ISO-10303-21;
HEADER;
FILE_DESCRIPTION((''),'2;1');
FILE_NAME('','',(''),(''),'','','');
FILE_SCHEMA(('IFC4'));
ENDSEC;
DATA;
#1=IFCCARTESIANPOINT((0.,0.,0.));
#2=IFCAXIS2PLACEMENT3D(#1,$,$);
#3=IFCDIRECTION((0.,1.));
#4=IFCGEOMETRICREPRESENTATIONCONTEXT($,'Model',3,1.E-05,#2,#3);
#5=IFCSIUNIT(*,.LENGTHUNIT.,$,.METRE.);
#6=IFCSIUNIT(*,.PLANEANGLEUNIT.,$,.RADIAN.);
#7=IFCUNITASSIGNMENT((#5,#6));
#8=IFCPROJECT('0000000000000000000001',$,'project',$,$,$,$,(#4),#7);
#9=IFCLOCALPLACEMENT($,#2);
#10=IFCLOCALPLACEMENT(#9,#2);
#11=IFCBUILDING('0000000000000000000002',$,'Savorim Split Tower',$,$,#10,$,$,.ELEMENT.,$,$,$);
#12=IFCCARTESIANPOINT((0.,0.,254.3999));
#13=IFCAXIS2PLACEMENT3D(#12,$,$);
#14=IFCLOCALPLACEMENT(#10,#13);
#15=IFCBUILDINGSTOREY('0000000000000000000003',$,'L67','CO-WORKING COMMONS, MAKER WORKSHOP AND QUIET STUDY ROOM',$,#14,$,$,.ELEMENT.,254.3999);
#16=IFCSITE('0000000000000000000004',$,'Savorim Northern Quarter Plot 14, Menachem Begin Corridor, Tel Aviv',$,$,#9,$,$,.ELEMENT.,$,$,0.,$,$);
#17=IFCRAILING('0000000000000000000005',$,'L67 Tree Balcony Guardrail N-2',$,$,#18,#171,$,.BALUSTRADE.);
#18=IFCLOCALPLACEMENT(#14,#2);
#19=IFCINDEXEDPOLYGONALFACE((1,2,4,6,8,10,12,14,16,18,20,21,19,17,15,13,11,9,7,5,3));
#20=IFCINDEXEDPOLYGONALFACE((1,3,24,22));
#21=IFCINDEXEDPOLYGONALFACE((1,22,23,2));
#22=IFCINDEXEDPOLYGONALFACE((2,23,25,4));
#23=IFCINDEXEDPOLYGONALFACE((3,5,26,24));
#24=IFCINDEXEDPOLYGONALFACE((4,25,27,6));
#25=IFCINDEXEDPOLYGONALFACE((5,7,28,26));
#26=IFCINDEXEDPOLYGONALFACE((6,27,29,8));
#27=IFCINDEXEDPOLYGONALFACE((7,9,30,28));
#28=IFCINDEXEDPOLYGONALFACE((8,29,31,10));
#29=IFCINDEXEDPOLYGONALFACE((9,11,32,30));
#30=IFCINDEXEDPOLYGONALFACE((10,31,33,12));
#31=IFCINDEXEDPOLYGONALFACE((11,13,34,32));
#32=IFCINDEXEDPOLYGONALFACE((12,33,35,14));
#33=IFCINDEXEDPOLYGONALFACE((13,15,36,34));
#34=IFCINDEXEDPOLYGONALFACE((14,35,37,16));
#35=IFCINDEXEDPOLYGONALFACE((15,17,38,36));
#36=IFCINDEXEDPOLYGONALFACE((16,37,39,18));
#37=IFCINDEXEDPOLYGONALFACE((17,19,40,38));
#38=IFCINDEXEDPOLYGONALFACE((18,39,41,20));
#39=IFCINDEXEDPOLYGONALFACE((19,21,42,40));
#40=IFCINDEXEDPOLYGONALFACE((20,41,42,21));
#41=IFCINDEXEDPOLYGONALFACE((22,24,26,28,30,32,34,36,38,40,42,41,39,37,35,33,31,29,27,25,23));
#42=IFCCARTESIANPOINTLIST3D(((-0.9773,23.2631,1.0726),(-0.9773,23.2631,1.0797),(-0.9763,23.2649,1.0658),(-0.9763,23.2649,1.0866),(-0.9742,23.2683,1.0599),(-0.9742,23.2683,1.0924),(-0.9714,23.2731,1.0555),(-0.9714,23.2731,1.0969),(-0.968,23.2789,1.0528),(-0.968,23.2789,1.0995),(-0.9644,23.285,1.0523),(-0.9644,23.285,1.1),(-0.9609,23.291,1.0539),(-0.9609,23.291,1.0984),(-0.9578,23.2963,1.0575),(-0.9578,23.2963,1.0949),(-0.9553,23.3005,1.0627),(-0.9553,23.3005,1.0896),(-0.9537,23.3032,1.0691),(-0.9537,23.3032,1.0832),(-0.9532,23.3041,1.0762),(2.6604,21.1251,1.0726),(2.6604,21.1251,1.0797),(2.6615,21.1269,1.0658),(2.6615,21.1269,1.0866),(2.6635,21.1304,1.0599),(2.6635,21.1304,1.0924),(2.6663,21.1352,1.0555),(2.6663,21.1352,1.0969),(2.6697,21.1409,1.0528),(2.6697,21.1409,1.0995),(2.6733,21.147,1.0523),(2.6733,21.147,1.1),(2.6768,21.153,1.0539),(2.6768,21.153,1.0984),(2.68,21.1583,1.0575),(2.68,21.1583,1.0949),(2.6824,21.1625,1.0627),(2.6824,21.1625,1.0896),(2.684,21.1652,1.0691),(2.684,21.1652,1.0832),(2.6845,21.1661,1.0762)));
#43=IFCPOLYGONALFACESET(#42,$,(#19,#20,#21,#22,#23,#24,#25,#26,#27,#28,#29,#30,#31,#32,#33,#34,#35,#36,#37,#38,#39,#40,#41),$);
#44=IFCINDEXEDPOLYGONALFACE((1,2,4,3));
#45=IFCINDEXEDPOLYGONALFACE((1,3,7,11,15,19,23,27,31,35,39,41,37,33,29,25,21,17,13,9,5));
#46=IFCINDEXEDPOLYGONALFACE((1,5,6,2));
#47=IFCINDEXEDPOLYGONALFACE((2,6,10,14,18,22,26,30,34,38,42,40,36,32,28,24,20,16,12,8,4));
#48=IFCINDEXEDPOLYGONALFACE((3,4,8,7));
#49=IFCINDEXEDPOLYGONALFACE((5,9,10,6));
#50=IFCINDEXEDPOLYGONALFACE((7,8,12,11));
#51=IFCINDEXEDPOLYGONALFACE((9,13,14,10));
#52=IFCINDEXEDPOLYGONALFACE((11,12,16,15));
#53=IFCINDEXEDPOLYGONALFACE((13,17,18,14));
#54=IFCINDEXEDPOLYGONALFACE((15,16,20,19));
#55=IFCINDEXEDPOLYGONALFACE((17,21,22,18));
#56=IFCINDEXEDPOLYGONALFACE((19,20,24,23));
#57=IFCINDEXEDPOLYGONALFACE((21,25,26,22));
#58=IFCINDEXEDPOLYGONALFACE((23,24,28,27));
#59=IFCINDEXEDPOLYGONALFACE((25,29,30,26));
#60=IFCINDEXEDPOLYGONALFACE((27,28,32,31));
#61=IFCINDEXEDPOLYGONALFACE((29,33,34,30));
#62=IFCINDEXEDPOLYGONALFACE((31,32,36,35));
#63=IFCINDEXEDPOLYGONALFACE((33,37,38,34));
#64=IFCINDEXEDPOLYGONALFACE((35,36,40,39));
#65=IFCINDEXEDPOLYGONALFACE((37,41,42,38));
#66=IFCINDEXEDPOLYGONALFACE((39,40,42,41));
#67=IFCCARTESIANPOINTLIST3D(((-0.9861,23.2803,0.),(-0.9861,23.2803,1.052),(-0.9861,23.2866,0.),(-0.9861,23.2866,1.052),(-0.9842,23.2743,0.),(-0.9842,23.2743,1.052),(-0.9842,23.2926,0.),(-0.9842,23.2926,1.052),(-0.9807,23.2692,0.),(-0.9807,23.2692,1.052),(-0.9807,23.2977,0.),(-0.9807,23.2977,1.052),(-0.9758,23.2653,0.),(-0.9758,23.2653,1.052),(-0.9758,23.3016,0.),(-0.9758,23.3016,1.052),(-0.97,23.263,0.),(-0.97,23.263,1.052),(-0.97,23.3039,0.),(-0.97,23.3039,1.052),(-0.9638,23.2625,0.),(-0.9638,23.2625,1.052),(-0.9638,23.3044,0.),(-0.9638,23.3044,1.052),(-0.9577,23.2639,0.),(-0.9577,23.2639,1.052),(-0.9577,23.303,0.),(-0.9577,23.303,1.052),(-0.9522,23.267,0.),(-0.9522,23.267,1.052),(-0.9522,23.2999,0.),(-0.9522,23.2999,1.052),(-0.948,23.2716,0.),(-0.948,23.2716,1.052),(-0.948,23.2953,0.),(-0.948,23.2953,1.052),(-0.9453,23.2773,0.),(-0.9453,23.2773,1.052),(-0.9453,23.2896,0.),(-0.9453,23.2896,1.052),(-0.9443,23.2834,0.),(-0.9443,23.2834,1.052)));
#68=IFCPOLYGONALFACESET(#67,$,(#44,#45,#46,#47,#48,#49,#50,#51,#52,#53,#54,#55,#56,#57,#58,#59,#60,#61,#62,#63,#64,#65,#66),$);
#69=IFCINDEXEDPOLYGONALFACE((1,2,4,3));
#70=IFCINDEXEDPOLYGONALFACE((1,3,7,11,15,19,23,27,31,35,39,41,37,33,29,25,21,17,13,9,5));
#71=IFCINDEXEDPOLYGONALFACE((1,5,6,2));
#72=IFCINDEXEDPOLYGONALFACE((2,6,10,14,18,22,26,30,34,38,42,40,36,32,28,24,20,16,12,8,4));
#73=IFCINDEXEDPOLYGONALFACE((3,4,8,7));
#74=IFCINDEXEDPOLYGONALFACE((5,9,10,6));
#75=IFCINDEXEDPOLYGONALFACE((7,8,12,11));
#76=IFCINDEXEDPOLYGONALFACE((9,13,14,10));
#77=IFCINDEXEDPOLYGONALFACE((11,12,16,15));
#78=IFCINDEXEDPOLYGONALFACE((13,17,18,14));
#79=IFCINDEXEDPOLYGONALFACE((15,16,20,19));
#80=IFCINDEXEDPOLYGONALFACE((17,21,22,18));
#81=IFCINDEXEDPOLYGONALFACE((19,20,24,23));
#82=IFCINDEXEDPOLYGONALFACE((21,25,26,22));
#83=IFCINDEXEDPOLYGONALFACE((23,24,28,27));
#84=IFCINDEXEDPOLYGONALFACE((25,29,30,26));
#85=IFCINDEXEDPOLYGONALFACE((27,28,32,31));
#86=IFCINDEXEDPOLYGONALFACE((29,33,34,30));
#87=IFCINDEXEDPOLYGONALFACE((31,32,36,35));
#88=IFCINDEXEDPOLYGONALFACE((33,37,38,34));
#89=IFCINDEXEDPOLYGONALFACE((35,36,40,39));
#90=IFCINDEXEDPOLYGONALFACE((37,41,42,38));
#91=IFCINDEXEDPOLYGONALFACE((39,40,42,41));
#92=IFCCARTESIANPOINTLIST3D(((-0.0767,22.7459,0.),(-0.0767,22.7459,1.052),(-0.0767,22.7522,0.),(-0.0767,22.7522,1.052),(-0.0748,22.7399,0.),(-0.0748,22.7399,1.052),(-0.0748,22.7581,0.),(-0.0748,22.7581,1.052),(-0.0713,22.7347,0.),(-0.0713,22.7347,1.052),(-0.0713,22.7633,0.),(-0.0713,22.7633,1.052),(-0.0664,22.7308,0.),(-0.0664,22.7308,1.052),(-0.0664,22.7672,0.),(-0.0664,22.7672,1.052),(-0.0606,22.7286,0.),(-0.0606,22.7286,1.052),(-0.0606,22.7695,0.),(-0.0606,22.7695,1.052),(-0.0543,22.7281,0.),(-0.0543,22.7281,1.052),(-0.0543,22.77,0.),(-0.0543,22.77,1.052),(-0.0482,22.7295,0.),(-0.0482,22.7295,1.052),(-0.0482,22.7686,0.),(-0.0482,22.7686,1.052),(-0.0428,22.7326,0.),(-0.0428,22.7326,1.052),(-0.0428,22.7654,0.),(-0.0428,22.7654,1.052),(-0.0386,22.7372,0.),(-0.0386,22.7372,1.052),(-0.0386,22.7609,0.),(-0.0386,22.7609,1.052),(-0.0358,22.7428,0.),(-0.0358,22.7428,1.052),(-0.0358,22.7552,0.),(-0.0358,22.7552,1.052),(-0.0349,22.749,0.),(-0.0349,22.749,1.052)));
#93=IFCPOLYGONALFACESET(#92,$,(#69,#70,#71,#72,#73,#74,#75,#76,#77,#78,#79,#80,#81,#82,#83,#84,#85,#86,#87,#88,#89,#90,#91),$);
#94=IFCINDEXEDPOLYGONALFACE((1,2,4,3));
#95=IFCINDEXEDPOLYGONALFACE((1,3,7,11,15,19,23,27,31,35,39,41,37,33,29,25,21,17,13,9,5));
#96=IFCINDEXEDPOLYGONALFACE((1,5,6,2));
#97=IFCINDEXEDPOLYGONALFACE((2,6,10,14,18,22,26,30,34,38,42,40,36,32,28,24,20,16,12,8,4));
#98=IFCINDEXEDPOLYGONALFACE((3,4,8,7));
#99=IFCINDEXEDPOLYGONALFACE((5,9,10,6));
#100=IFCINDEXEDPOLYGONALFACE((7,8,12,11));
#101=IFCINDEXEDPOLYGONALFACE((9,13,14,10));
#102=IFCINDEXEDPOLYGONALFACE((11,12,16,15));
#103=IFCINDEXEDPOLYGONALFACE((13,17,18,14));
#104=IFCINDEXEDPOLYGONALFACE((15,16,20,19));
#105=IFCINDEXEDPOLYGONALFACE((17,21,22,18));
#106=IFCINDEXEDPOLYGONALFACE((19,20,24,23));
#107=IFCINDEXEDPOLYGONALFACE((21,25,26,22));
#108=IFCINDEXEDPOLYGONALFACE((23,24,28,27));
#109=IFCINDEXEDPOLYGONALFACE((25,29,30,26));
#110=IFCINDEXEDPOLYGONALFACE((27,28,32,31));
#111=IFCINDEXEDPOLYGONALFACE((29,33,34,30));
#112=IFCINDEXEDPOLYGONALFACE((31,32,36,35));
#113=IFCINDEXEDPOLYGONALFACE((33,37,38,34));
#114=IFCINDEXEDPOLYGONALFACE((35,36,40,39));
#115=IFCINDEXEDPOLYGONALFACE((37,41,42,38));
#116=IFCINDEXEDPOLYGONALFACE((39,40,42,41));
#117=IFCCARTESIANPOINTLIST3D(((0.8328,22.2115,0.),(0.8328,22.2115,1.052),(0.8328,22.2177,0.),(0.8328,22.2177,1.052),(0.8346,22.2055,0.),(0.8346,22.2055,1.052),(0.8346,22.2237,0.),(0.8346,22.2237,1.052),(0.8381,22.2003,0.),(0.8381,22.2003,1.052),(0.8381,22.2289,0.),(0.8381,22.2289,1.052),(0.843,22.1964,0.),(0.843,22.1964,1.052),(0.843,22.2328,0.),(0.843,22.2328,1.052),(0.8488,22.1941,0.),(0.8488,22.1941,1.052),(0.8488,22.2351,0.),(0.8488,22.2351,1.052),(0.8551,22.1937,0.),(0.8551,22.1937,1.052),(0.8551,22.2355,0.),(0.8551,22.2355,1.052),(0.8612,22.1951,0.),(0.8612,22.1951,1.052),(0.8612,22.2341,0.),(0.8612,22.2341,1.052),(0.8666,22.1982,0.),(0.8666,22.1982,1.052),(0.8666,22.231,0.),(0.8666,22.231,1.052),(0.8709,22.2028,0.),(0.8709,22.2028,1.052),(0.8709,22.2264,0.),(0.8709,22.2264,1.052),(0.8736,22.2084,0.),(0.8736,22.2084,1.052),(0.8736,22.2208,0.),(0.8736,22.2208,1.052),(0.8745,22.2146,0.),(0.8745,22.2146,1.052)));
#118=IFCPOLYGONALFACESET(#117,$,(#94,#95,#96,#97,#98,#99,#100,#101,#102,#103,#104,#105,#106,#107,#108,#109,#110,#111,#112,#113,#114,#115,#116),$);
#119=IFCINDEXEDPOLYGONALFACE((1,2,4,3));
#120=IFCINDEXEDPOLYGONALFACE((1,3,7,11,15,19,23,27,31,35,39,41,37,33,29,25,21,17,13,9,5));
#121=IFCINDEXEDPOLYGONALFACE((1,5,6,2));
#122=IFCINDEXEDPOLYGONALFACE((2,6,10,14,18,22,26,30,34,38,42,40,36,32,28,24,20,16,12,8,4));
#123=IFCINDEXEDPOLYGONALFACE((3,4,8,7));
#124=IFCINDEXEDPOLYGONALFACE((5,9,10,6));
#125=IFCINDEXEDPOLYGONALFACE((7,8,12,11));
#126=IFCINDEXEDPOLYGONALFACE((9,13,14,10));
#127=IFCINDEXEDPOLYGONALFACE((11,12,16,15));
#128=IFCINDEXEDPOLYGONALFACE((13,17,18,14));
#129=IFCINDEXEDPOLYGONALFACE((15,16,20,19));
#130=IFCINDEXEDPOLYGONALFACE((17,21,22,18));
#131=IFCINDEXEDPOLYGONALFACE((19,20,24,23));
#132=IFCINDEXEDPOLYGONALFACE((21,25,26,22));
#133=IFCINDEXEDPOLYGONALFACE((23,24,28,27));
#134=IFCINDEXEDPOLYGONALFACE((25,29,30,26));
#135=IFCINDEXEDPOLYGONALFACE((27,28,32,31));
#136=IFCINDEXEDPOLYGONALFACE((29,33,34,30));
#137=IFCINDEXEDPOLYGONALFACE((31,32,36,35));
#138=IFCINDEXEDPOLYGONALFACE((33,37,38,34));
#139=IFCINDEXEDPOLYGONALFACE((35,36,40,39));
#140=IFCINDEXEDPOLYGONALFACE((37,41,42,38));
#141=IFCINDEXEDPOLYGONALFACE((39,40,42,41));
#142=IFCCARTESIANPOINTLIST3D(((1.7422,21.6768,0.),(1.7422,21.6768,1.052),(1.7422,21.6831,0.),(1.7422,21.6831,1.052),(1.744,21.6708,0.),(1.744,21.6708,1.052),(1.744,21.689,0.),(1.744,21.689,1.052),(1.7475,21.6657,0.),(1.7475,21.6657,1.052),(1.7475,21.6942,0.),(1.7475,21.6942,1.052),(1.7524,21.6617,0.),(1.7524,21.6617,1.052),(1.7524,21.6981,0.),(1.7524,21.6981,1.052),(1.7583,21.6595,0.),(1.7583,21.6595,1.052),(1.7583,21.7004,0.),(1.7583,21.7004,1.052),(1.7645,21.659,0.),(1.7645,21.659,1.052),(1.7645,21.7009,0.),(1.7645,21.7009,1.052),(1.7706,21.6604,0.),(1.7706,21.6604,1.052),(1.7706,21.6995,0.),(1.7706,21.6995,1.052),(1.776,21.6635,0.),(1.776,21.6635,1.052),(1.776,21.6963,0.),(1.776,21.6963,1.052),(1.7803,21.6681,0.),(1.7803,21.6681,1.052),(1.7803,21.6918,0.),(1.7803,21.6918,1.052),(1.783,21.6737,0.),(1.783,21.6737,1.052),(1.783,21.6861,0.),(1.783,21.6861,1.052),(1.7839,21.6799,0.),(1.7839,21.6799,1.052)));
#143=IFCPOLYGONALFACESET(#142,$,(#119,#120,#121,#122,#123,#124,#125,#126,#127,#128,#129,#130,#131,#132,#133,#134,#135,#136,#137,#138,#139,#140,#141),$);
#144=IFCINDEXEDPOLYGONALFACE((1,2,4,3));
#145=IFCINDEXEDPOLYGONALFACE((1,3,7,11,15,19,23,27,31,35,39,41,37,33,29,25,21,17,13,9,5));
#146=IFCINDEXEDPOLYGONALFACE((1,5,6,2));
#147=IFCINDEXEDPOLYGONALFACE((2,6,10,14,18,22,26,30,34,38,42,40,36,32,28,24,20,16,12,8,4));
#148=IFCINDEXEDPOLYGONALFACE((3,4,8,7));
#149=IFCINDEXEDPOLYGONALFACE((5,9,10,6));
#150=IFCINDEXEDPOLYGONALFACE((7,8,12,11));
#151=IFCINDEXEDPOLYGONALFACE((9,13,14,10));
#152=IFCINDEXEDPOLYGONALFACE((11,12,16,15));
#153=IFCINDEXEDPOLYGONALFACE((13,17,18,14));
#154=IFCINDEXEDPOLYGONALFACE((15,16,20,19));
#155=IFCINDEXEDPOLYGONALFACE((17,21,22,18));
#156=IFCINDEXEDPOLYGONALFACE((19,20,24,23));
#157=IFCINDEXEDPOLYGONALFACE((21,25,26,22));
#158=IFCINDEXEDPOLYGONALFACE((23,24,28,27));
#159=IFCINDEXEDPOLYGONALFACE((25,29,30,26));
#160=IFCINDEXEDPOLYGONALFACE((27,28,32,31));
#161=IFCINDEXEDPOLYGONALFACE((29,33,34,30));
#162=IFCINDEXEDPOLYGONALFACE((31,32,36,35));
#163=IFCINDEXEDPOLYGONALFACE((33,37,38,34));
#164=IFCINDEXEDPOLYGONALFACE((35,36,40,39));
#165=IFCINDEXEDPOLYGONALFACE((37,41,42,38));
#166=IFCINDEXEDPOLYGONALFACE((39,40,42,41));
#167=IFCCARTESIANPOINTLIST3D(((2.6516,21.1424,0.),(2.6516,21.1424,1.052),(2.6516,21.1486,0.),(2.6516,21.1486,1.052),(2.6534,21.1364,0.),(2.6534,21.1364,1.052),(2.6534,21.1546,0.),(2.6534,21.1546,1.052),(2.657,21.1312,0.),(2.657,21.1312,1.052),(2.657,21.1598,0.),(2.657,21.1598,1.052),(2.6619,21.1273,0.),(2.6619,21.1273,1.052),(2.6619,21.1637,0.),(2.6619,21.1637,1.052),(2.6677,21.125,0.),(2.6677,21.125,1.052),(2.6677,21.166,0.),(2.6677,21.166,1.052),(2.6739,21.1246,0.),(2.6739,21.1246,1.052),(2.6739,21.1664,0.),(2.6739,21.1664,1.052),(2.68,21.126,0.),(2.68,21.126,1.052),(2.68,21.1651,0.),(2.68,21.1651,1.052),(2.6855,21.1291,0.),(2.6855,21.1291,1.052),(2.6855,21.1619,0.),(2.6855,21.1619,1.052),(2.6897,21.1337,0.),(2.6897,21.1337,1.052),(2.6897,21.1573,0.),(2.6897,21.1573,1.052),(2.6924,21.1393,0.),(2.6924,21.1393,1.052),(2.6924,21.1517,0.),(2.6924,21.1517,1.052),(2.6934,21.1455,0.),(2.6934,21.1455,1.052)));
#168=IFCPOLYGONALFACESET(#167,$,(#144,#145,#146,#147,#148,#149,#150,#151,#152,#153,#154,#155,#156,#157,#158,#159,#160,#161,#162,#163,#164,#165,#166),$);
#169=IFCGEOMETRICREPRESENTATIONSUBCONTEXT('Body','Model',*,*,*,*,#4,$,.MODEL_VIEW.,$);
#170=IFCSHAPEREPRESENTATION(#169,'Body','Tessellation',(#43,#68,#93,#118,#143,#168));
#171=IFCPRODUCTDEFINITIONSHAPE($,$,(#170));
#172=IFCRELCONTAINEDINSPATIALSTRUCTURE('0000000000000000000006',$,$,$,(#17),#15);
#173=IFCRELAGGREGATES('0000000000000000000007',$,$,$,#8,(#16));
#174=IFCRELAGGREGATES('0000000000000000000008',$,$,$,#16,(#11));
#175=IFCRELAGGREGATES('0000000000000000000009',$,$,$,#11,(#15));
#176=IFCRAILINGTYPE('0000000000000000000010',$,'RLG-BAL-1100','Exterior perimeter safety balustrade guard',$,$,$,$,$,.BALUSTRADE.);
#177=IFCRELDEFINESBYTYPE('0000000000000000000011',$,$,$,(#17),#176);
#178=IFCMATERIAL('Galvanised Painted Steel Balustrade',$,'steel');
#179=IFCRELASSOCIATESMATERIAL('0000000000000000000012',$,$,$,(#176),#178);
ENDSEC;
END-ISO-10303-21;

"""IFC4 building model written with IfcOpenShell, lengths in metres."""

from ifc_helpers import new_model, si_unit, direction, frame, origin, origin_2d, place, context, subcontext, project, spatial, circle, extrude, material, type_object, element, save


model = new_model("IFC4")

# Units and contexts
model_context = context("Model", 3, precision=1e-05, world=origin(), true_north=direction((0.0, 1.0)))
body_context = subcontext(model_context, "Body", "Model", "MODEL_VIEW")
ifc_project = project(units=[si_unit("LENGTHUNIT", "METRE"), si_unit("PLANEANGLEUNIT", "RADIAN")], contexts=[model_context])

# Site, building, storey
site_placement = place(None, origin())
site = spatial("IfcSite", under=ifc_project, at=site_placement, Name="Savorim Northern Quarter Plot 14, Menachem Begin Corridor, Tel Aviv", CompositionType="ELEMENT", RefElevation=0.0)
building_placement = place(site_placement, origin())
building = spatial("IfcBuilding", under=site, at=building_placement, Name="Savorim Split Tower", CompositionType="ELEMENT")
storey_placement = place(building_placement, frame((0.0, 0.0, 254.3999)))
storey = spatial("IfcBuildingStorey", under=building, at=storey_placement, Name="L67", Description="CO-WORKING COMMONS, MAKER WORKSHOP AND QUIET STUDY ROOM", CompositionType="ELEMENT", Elevation=254.3999)

# Railing
ifc_material_1 = material(Name="Galvanised Painted Steel Balustrade", Category="steel")
railing_type = type_object("IfcRailingType", Name="RLG-BAL-1100", Description="Exterior perimeter safety balustrade guard", PredefinedType="BALUSTRADE", material=ifc_material_1)
railing_1_placement = place(storey_placement, frame((-0.9653, 23.2834, 0.0)))
element("IfcRailing", 1, at=railing_1_placement, inside=storey, type_object=railing_type, Name="L67 Tree Balcony Guardrail N-2", PredefinedType="BALUSTRADE", context=body_context, shape_type="SweptSolid", body=[
    extrude(circle(Radius=0.0239, at=origin_2d()), frame((0.0, 0.0, 1.0762), z_axis=(0.862129, -0.506689, 0.0), x_axis=(0.506689, 0.862129, 0.0)), (0.0, 0.0, 1.0), 4.2195),
    extrude(circle(Radius=0.021, at=origin_2d()), origin(), (0.0, 0.0, 1.0), 1.052),
    extrude(circle(Radius=0.021, at=origin_2d()), frame((0.9094, -0.5344, 0.0)), (0.0, 0.0, 1.0), 1.052),
    extrude(circle(Radius=0.021, at=origin_2d()), frame((1.8188, -1.0688, 0.0)), (0.0, 0.0, 1.0), 1.052),
    extrude(circle(Radius=0.021, at=origin_2d()), frame((2.7283, -1.6035, 0.0)), (0.0, 0.0, 1.0), 1.052),
    extrude(circle(Radius=0.021, at=origin_2d()), frame((3.6377, -2.1379, 0.0)), (0.0, 0.0, 1.0), 1.052),
])

save(model, "model.ifc")
